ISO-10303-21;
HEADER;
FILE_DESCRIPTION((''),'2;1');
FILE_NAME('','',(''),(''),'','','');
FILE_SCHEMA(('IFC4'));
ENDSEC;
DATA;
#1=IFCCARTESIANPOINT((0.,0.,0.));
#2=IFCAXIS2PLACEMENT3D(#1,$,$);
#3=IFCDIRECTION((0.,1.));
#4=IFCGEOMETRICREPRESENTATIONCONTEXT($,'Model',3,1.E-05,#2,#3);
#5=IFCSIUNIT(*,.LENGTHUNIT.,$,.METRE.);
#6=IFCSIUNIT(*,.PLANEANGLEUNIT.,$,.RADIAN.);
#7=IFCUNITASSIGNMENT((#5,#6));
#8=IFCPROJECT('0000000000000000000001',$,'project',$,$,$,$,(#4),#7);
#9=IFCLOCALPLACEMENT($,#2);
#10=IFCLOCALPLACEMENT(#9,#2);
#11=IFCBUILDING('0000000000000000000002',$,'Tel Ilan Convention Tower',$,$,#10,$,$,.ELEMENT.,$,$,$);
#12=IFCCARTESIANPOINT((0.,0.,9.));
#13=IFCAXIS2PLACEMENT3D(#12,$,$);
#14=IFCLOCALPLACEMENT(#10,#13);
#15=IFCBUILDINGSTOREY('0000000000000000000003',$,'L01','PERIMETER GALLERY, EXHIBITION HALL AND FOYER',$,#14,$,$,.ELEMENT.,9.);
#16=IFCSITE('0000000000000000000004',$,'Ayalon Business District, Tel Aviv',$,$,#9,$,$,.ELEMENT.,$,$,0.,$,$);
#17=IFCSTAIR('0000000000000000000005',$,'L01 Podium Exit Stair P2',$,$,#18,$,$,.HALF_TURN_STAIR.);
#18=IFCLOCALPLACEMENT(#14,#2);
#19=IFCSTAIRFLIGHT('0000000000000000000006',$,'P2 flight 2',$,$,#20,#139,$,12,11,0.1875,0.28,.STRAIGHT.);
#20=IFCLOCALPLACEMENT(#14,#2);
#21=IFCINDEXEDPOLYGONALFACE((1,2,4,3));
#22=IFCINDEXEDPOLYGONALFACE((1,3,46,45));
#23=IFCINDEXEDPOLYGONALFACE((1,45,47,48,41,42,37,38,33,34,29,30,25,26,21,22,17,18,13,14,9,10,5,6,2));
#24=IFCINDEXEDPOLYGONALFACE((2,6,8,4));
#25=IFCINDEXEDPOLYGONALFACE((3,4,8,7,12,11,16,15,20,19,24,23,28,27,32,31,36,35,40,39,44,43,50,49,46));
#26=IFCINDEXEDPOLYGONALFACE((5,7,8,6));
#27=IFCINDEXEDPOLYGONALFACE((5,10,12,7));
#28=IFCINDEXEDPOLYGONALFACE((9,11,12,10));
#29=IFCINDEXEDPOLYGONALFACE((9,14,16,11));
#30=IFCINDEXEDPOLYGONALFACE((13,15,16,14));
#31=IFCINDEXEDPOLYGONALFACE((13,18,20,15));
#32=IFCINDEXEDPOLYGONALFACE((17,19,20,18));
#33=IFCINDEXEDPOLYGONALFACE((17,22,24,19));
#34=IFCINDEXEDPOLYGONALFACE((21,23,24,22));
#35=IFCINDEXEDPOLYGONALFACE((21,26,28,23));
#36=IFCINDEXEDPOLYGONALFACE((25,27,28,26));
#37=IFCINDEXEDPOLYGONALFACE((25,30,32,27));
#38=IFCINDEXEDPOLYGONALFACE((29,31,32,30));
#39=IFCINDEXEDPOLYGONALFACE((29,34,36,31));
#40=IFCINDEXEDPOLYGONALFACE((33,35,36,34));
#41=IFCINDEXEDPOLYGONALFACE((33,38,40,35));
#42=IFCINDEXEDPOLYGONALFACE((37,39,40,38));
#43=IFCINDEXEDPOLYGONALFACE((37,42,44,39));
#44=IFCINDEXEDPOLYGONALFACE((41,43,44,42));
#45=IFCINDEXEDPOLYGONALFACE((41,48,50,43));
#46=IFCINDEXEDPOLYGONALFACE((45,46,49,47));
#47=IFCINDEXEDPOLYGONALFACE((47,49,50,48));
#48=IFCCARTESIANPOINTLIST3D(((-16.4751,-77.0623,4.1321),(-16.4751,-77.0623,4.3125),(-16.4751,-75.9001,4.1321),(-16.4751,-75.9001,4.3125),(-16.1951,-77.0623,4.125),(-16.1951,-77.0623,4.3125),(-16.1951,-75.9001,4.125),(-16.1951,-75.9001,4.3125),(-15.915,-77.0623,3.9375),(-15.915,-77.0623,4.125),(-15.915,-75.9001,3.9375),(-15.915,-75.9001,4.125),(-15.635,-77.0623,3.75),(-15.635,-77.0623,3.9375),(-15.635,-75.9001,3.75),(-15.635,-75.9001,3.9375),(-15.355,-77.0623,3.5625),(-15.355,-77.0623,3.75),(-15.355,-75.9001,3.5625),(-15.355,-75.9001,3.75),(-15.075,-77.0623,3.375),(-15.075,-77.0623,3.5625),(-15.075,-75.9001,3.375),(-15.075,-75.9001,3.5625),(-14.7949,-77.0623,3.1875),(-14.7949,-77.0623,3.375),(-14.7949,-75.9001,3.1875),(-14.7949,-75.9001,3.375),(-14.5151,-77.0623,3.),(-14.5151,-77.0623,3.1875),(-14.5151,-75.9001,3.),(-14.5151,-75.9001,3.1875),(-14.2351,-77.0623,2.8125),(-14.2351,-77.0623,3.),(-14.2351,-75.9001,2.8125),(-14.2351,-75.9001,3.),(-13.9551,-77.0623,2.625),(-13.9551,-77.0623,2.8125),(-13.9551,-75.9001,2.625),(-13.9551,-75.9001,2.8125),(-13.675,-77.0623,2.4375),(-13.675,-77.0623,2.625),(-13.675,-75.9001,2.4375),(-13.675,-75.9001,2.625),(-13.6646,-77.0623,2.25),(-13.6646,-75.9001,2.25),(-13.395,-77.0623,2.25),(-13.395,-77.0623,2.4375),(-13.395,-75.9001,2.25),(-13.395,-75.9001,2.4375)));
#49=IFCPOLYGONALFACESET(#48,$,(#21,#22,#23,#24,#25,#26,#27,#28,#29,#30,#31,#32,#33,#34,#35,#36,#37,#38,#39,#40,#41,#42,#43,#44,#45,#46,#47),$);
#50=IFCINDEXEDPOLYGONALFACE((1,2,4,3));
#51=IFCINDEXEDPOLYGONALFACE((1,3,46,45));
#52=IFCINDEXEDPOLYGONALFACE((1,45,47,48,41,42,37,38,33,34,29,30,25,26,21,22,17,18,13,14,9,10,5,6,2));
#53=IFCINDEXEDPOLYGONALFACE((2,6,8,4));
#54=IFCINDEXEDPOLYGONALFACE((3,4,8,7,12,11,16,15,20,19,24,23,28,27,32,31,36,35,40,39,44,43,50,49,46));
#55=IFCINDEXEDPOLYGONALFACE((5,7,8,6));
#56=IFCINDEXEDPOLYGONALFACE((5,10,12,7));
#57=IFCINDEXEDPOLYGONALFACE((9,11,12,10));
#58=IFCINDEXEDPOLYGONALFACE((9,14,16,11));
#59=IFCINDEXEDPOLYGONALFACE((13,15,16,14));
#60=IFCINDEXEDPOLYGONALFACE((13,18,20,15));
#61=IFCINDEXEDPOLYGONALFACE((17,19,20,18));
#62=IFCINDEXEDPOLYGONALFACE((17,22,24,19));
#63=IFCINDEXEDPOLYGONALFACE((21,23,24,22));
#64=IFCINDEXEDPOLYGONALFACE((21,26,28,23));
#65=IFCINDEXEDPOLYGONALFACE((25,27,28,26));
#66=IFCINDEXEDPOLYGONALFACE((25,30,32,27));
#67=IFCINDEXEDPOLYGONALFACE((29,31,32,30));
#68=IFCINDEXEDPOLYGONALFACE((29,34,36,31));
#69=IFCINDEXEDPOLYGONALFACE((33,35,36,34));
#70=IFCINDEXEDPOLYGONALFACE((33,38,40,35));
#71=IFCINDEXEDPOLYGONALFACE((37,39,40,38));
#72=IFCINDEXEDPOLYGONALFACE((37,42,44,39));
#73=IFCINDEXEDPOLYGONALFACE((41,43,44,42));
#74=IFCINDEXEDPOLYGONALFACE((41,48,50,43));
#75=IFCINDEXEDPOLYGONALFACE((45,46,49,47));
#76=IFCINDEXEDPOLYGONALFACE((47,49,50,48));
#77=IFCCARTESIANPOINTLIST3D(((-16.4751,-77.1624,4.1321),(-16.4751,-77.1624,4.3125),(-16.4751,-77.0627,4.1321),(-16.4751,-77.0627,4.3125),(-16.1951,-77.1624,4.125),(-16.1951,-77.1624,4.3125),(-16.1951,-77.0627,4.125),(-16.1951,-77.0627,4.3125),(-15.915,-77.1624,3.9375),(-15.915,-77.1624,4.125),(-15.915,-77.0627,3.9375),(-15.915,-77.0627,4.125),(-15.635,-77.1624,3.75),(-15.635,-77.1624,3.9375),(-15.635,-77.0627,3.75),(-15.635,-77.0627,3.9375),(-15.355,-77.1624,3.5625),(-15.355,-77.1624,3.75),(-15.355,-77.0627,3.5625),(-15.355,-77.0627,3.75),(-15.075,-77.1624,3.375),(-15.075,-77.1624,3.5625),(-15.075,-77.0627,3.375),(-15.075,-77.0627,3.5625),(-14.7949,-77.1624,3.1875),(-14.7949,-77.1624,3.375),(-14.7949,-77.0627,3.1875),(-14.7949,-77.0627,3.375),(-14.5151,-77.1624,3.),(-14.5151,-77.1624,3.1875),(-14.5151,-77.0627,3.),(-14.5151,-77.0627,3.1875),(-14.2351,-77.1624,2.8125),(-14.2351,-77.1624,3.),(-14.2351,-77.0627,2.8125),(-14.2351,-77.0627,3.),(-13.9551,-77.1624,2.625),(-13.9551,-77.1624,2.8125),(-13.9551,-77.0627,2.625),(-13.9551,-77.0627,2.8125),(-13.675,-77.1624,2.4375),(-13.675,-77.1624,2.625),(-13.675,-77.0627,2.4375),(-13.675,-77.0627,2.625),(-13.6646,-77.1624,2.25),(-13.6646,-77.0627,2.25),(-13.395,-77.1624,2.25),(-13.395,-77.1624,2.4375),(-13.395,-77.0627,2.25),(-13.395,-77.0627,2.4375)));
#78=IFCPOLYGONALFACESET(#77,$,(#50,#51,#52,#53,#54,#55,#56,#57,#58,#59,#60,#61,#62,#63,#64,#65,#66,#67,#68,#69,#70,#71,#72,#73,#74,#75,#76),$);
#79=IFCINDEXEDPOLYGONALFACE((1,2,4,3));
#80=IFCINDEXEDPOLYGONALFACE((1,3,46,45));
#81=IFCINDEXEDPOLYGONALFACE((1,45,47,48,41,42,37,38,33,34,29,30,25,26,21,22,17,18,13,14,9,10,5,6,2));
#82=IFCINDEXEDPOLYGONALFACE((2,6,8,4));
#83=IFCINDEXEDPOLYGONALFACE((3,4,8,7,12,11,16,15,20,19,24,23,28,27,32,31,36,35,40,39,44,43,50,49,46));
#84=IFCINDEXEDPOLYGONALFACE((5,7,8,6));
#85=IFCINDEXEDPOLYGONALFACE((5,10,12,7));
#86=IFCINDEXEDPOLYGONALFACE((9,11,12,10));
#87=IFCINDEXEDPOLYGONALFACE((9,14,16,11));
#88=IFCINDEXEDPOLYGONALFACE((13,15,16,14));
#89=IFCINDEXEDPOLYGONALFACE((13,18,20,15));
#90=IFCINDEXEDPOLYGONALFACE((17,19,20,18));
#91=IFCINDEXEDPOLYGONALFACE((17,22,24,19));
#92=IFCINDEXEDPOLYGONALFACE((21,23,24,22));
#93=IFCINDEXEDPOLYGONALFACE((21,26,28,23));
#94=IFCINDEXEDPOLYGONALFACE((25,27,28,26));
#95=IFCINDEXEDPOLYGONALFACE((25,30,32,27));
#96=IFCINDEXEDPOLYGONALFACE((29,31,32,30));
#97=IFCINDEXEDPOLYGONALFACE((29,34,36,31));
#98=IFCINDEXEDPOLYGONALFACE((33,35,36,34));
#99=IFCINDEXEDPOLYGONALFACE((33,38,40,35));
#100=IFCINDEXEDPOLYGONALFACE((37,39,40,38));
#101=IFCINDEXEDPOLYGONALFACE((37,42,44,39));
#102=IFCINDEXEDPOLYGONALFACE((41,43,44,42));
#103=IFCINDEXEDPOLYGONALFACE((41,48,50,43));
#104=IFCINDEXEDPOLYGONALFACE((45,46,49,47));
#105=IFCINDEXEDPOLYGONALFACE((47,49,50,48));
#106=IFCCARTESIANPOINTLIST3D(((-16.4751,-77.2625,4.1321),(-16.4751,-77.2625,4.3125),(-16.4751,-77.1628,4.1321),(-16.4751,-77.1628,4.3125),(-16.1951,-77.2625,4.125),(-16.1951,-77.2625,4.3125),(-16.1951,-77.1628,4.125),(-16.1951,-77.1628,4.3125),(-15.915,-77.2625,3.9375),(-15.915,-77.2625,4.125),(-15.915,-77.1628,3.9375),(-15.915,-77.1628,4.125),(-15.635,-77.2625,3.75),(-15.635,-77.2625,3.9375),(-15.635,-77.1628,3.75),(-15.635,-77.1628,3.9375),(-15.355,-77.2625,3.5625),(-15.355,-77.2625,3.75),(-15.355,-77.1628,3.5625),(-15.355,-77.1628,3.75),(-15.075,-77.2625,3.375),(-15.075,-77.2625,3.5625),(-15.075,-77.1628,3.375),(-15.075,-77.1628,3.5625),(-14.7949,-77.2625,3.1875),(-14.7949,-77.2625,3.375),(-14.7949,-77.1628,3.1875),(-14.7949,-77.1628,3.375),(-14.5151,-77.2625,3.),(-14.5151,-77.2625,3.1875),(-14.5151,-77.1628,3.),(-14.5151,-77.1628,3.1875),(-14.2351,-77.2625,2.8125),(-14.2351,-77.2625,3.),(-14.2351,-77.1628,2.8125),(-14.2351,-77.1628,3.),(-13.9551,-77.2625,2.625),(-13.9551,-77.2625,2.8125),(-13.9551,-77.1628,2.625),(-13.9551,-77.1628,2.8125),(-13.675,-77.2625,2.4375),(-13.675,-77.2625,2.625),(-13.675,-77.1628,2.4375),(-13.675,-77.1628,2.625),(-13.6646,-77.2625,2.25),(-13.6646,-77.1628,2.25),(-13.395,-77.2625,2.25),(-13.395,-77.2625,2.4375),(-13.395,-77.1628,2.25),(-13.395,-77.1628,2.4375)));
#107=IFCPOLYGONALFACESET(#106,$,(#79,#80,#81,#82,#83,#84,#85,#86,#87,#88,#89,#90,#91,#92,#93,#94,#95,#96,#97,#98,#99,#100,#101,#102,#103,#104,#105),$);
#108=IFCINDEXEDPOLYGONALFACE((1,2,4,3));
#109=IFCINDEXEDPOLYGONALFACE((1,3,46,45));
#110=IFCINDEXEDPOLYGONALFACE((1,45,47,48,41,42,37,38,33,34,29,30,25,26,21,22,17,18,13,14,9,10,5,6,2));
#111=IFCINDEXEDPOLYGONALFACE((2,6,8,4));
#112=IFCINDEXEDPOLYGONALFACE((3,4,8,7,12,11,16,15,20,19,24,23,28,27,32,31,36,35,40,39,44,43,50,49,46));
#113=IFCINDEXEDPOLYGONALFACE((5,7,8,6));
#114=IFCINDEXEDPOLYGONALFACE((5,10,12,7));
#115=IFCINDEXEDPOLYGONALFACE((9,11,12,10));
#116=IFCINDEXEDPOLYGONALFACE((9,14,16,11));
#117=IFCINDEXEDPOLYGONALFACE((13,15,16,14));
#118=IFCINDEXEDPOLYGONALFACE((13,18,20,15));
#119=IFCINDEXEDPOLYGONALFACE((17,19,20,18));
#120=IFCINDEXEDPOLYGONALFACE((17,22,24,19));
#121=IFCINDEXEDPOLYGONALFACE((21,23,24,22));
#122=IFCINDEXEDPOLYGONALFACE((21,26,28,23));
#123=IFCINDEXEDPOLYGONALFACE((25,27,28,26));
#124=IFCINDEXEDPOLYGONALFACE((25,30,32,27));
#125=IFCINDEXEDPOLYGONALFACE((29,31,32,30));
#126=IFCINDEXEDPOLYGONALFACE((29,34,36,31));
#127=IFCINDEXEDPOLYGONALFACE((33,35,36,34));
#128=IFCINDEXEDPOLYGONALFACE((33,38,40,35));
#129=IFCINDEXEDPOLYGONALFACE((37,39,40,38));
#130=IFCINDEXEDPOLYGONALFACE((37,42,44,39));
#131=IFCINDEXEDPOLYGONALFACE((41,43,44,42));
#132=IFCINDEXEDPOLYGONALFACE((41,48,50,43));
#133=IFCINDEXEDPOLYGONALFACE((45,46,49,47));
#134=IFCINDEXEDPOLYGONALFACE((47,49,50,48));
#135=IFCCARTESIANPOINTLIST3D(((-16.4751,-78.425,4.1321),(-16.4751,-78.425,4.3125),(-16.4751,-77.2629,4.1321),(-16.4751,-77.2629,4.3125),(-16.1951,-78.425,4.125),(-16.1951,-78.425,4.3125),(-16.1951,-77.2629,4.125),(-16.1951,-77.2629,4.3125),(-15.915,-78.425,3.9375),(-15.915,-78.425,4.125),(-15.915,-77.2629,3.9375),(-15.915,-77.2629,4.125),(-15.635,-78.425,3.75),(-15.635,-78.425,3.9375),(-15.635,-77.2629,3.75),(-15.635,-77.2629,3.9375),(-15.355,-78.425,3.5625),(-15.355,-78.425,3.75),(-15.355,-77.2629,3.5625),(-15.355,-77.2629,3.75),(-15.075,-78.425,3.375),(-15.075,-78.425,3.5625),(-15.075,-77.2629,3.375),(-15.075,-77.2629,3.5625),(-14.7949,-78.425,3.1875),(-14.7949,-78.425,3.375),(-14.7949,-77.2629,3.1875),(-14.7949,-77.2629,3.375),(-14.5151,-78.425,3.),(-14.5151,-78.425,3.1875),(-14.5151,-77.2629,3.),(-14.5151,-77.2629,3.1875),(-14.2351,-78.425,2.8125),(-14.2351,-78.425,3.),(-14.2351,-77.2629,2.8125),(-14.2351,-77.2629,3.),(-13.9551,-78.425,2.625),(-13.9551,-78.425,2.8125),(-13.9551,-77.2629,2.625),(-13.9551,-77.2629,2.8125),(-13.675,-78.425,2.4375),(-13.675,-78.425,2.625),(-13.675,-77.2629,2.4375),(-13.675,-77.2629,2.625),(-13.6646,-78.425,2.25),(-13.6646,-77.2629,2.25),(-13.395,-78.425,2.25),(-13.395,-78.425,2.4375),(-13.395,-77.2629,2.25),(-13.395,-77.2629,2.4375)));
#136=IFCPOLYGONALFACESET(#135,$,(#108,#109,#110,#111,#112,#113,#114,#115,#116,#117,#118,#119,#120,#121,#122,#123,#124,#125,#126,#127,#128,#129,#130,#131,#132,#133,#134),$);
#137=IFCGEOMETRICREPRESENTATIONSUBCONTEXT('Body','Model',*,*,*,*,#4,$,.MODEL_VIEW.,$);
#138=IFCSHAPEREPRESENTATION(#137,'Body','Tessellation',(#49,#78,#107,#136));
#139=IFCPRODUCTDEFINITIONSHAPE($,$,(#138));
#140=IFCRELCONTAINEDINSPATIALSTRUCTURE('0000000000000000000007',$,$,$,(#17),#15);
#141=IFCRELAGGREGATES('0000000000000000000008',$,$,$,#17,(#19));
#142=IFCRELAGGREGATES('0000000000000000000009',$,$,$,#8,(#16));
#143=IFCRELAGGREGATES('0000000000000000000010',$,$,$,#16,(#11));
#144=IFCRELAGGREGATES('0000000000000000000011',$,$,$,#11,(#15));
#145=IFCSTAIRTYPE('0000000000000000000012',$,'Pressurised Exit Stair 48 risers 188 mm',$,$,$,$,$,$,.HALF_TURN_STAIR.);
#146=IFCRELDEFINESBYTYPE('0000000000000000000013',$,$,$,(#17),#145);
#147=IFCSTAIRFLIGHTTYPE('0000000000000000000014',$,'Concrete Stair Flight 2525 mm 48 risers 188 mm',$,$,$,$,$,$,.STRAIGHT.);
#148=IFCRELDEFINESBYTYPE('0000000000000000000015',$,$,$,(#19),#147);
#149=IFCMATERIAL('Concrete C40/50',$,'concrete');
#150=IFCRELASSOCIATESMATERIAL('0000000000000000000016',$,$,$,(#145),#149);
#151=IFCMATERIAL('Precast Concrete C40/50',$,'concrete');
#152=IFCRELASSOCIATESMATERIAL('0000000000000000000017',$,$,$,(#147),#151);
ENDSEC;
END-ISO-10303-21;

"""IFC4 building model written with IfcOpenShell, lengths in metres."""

from ifc_helpers import new_model, si_unit, direction, frame, origin, place, context, subcontext, project, spatial, polyline, outline, extrude, material, type_object, element, aggregate, save


model = new_model("IFC4")

# Units and contexts
model_context = context("Model", 3, precision=1e-05, world=origin(), true_north=direction((0.0, 1.0)))
body_context = subcontext(model_context, "Body", "Model", "MODEL_VIEW")
ifc_project = project(units=[si_unit("LENGTHUNIT", "METRE"), si_unit("PLANEANGLEUNIT", "RADIAN")], contexts=[model_context])

# Site, building, storey
site_placement = place(None, origin())
site = spatial("IfcSite", under=ifc_project, at=site_placement, Name="Ayalon Business District, Tel Aviv", CompositionType="ELEMENT", RefElevation=0.0)
building_placement = place(site_placement, origin())
building = spatial("IfcBuilding", under=site, at=building_placement, Name="Tel Ilan Convention Tower", CompositionType="ELEMENT")
storey_placement = place(building_placement, frame((0.0, 0.0, 9.0)))
storey = spatial("IfcBuildingStorey", under=building, at=storey_placement, Name="L01", Description="PERIMETER GALLERY, EXHIBITION HALL AND FOYER", CompositionType="ELEMENT", Elevation=9.0)

# Stair, stair flight
ifc_material_1 = material(Name="Concrete C40/50", Category="concrete")
stair_type = type_object("IfcStairType", Name="Pressurised Exit Stair 48 risers 188 mm", PredefinedType="HALF_TURN_STAIR", material=ifc_material_1)
stair_placement = place(storey_placement, origin())
stair = element("IfcStair", 1, at=stair_placement, inside=storey, type_object=stair_type, Name="L01 Podium Exit Stair P2", PredefinedType="HALF_TURN_STAIR")
ifc_material_2 = material(Name="Precast Concrete C40/50", Category="concrete")
stair_flight_type = type_object("IfcStairFlightType", Name="Concrete Stair Flight 2525 mm 48 risers 188 mm", PredefinedType="STRAIGHT", material=ifc_material_2)
stair_flight_1_placement = place(storey_placement, frame((-13.395, -77.1626, 2.25), z_axis=(0.0, 0.0, 1.0), x_axis=(-1.0, 0.0, 0.0)))
stair_flight_1 = element("IfcStairFlight", 2, at=stair_flight_1_placement, type_object=stair_flight_type, Name="P2 flight 2", NumberOfRisers=12, NumberOfTreads=11, PredefinedType="STRAIGHT", RiserHeight=0.1875, TreadLength=0.28, context=body_context, shape_type="SweptSolid", body=[
    extrude(outline(polyline([(0.0, 0.0), (0.0, 0.1875), (0.28, 0.1875), (0.28, 0.375), (0.5601, 0.375), (0.5601, 0.5625), (0.8401, 0.5625), (0.8401, 0.75), (1.1201, 0.75), (1.1201, 0.9375), (1.3999, 0.9375), (1.3999, 1.125), (1.6799, 1.125), (1.6799, 1.3125), (1.96, 1.3125), (1.96, 1.5), (2.24, 1.5), (2.24, 1.6875), (2.52, 1.6875), (2.52, 1.875), (2.8, 1.875), (2.8, 2.0625), (3.0801, 2.0625), (3.0801, 2.25), (3.0801, 1.8821), (0.2695, 0.0), (0.0, 0.0)])), frame((0.0, -0.1003, 0.0), z_axis=(0.0, -1.0, 0.0), x_axis=(1.0, 0.0, 0.0)), (0.0, 0.0, 1.0), 1.1621),
    extrude(outline(polyline([(0.0, 0.0), (0.0, 0.1875), (0.28, 0.1875), (0.28, 0.375), (0.5601, 0.375), (0.5601, 0.5625), (0.8401, 0.5625), (0.8401, 0.75), (1.1201, 0.75), (1.1201, 0.9375), (1.3999, 0.9375), (1.3999, 1.125), (1.6799, 1.125), (1.6799, 1.3125), (1.96, 1.3125), (1.96, 1.5), (2.24, 1.5), (2.24, 1.6875), (2.52, 1.6875), (2.52, 1.875), (2.8, 1.875), (2.8, 2.0625), (3.0801, 2.0625), (3.0801, 2.25), (3.0801, 1.8821), (0.2695, 0.0), (0.0, 0.0)])), frame((0.0, -0.0002, 0.0), z_axis=(0.0, -1.0, 0.0), x_axis=(1.0, 0.0, 0.0)), (0.0, 0.0, 1.0), 0.0996),
    extrude(outline(polyline([(0.0, 0.0), (0.0, 0.1875), (0.28, 0.1875), (0.28, 0.375), (0.5601, 0.375), (0.5601, 0.5625), (0.8401, 0.5625), (0.8401, 0.75), (1.1201, 0.75), (1.1201, 0.9375), (1.3999, 0.9375), (1.3999, 1.125), (1.6799, 1.125), (1.6799, 1.3125), (1.96, 1.3125), (1.96, 1.5), (2.24, 1.5), (2.24, 1.6875), (2.52, 1.6875), (2.52, 1.875), (2.8, 1.875), (2.8, 2.0625), (3.0801, 2.0625), (3.0801, 2.25), (3.0801, 1.8821), (0.2695, 0.0), (0.0, 0.0)])), frame((0.0, 0.0999, 0.0), z_axis=(0.0, -1.0, 0.0), x_axis=(1.0, 0.0, 0.0)), (0.0, 0.0, 1.0), 0.0996),
    extrude(outline(polyline([(0.0, 0.0), (0.0, 0.1875), (0.28, 0.1875), (0.28, 0.375), (0.5601, 0.375), (0.5601, 0.5625), (0.8401, 0.5625), (0.8401, 0.75), (1.1201, 0.75), (1.1201, 0.9375), (1.3999, 0.9375), (1.3999, 1.125), (1.6799, 1.125), (1.6799, 1.3125), (1.96, 1.3125), (1.96, 1.5), (2.24, 1.5), (2.24, 1.6875), (2.52, 1.6875), (2.52, 1.875), (2.8, 1.875), (2.8, 2.0625), (3.0801, 2.0625), (3.0801, 2.25), (3.0801, 1.8821), (0.2695, 0.0), (0.0, 0.0)])), frame((0.0, 1.2625, 0.0), z_axis=(0.0, -1.0, 0.0), x_axis=(1.0, 0.0, 0.0)), (0.0, 0.0, 1.0), 1.1621),
])
aggregate(stair, [stair_flight_1])

save(model, "model.ifc")
